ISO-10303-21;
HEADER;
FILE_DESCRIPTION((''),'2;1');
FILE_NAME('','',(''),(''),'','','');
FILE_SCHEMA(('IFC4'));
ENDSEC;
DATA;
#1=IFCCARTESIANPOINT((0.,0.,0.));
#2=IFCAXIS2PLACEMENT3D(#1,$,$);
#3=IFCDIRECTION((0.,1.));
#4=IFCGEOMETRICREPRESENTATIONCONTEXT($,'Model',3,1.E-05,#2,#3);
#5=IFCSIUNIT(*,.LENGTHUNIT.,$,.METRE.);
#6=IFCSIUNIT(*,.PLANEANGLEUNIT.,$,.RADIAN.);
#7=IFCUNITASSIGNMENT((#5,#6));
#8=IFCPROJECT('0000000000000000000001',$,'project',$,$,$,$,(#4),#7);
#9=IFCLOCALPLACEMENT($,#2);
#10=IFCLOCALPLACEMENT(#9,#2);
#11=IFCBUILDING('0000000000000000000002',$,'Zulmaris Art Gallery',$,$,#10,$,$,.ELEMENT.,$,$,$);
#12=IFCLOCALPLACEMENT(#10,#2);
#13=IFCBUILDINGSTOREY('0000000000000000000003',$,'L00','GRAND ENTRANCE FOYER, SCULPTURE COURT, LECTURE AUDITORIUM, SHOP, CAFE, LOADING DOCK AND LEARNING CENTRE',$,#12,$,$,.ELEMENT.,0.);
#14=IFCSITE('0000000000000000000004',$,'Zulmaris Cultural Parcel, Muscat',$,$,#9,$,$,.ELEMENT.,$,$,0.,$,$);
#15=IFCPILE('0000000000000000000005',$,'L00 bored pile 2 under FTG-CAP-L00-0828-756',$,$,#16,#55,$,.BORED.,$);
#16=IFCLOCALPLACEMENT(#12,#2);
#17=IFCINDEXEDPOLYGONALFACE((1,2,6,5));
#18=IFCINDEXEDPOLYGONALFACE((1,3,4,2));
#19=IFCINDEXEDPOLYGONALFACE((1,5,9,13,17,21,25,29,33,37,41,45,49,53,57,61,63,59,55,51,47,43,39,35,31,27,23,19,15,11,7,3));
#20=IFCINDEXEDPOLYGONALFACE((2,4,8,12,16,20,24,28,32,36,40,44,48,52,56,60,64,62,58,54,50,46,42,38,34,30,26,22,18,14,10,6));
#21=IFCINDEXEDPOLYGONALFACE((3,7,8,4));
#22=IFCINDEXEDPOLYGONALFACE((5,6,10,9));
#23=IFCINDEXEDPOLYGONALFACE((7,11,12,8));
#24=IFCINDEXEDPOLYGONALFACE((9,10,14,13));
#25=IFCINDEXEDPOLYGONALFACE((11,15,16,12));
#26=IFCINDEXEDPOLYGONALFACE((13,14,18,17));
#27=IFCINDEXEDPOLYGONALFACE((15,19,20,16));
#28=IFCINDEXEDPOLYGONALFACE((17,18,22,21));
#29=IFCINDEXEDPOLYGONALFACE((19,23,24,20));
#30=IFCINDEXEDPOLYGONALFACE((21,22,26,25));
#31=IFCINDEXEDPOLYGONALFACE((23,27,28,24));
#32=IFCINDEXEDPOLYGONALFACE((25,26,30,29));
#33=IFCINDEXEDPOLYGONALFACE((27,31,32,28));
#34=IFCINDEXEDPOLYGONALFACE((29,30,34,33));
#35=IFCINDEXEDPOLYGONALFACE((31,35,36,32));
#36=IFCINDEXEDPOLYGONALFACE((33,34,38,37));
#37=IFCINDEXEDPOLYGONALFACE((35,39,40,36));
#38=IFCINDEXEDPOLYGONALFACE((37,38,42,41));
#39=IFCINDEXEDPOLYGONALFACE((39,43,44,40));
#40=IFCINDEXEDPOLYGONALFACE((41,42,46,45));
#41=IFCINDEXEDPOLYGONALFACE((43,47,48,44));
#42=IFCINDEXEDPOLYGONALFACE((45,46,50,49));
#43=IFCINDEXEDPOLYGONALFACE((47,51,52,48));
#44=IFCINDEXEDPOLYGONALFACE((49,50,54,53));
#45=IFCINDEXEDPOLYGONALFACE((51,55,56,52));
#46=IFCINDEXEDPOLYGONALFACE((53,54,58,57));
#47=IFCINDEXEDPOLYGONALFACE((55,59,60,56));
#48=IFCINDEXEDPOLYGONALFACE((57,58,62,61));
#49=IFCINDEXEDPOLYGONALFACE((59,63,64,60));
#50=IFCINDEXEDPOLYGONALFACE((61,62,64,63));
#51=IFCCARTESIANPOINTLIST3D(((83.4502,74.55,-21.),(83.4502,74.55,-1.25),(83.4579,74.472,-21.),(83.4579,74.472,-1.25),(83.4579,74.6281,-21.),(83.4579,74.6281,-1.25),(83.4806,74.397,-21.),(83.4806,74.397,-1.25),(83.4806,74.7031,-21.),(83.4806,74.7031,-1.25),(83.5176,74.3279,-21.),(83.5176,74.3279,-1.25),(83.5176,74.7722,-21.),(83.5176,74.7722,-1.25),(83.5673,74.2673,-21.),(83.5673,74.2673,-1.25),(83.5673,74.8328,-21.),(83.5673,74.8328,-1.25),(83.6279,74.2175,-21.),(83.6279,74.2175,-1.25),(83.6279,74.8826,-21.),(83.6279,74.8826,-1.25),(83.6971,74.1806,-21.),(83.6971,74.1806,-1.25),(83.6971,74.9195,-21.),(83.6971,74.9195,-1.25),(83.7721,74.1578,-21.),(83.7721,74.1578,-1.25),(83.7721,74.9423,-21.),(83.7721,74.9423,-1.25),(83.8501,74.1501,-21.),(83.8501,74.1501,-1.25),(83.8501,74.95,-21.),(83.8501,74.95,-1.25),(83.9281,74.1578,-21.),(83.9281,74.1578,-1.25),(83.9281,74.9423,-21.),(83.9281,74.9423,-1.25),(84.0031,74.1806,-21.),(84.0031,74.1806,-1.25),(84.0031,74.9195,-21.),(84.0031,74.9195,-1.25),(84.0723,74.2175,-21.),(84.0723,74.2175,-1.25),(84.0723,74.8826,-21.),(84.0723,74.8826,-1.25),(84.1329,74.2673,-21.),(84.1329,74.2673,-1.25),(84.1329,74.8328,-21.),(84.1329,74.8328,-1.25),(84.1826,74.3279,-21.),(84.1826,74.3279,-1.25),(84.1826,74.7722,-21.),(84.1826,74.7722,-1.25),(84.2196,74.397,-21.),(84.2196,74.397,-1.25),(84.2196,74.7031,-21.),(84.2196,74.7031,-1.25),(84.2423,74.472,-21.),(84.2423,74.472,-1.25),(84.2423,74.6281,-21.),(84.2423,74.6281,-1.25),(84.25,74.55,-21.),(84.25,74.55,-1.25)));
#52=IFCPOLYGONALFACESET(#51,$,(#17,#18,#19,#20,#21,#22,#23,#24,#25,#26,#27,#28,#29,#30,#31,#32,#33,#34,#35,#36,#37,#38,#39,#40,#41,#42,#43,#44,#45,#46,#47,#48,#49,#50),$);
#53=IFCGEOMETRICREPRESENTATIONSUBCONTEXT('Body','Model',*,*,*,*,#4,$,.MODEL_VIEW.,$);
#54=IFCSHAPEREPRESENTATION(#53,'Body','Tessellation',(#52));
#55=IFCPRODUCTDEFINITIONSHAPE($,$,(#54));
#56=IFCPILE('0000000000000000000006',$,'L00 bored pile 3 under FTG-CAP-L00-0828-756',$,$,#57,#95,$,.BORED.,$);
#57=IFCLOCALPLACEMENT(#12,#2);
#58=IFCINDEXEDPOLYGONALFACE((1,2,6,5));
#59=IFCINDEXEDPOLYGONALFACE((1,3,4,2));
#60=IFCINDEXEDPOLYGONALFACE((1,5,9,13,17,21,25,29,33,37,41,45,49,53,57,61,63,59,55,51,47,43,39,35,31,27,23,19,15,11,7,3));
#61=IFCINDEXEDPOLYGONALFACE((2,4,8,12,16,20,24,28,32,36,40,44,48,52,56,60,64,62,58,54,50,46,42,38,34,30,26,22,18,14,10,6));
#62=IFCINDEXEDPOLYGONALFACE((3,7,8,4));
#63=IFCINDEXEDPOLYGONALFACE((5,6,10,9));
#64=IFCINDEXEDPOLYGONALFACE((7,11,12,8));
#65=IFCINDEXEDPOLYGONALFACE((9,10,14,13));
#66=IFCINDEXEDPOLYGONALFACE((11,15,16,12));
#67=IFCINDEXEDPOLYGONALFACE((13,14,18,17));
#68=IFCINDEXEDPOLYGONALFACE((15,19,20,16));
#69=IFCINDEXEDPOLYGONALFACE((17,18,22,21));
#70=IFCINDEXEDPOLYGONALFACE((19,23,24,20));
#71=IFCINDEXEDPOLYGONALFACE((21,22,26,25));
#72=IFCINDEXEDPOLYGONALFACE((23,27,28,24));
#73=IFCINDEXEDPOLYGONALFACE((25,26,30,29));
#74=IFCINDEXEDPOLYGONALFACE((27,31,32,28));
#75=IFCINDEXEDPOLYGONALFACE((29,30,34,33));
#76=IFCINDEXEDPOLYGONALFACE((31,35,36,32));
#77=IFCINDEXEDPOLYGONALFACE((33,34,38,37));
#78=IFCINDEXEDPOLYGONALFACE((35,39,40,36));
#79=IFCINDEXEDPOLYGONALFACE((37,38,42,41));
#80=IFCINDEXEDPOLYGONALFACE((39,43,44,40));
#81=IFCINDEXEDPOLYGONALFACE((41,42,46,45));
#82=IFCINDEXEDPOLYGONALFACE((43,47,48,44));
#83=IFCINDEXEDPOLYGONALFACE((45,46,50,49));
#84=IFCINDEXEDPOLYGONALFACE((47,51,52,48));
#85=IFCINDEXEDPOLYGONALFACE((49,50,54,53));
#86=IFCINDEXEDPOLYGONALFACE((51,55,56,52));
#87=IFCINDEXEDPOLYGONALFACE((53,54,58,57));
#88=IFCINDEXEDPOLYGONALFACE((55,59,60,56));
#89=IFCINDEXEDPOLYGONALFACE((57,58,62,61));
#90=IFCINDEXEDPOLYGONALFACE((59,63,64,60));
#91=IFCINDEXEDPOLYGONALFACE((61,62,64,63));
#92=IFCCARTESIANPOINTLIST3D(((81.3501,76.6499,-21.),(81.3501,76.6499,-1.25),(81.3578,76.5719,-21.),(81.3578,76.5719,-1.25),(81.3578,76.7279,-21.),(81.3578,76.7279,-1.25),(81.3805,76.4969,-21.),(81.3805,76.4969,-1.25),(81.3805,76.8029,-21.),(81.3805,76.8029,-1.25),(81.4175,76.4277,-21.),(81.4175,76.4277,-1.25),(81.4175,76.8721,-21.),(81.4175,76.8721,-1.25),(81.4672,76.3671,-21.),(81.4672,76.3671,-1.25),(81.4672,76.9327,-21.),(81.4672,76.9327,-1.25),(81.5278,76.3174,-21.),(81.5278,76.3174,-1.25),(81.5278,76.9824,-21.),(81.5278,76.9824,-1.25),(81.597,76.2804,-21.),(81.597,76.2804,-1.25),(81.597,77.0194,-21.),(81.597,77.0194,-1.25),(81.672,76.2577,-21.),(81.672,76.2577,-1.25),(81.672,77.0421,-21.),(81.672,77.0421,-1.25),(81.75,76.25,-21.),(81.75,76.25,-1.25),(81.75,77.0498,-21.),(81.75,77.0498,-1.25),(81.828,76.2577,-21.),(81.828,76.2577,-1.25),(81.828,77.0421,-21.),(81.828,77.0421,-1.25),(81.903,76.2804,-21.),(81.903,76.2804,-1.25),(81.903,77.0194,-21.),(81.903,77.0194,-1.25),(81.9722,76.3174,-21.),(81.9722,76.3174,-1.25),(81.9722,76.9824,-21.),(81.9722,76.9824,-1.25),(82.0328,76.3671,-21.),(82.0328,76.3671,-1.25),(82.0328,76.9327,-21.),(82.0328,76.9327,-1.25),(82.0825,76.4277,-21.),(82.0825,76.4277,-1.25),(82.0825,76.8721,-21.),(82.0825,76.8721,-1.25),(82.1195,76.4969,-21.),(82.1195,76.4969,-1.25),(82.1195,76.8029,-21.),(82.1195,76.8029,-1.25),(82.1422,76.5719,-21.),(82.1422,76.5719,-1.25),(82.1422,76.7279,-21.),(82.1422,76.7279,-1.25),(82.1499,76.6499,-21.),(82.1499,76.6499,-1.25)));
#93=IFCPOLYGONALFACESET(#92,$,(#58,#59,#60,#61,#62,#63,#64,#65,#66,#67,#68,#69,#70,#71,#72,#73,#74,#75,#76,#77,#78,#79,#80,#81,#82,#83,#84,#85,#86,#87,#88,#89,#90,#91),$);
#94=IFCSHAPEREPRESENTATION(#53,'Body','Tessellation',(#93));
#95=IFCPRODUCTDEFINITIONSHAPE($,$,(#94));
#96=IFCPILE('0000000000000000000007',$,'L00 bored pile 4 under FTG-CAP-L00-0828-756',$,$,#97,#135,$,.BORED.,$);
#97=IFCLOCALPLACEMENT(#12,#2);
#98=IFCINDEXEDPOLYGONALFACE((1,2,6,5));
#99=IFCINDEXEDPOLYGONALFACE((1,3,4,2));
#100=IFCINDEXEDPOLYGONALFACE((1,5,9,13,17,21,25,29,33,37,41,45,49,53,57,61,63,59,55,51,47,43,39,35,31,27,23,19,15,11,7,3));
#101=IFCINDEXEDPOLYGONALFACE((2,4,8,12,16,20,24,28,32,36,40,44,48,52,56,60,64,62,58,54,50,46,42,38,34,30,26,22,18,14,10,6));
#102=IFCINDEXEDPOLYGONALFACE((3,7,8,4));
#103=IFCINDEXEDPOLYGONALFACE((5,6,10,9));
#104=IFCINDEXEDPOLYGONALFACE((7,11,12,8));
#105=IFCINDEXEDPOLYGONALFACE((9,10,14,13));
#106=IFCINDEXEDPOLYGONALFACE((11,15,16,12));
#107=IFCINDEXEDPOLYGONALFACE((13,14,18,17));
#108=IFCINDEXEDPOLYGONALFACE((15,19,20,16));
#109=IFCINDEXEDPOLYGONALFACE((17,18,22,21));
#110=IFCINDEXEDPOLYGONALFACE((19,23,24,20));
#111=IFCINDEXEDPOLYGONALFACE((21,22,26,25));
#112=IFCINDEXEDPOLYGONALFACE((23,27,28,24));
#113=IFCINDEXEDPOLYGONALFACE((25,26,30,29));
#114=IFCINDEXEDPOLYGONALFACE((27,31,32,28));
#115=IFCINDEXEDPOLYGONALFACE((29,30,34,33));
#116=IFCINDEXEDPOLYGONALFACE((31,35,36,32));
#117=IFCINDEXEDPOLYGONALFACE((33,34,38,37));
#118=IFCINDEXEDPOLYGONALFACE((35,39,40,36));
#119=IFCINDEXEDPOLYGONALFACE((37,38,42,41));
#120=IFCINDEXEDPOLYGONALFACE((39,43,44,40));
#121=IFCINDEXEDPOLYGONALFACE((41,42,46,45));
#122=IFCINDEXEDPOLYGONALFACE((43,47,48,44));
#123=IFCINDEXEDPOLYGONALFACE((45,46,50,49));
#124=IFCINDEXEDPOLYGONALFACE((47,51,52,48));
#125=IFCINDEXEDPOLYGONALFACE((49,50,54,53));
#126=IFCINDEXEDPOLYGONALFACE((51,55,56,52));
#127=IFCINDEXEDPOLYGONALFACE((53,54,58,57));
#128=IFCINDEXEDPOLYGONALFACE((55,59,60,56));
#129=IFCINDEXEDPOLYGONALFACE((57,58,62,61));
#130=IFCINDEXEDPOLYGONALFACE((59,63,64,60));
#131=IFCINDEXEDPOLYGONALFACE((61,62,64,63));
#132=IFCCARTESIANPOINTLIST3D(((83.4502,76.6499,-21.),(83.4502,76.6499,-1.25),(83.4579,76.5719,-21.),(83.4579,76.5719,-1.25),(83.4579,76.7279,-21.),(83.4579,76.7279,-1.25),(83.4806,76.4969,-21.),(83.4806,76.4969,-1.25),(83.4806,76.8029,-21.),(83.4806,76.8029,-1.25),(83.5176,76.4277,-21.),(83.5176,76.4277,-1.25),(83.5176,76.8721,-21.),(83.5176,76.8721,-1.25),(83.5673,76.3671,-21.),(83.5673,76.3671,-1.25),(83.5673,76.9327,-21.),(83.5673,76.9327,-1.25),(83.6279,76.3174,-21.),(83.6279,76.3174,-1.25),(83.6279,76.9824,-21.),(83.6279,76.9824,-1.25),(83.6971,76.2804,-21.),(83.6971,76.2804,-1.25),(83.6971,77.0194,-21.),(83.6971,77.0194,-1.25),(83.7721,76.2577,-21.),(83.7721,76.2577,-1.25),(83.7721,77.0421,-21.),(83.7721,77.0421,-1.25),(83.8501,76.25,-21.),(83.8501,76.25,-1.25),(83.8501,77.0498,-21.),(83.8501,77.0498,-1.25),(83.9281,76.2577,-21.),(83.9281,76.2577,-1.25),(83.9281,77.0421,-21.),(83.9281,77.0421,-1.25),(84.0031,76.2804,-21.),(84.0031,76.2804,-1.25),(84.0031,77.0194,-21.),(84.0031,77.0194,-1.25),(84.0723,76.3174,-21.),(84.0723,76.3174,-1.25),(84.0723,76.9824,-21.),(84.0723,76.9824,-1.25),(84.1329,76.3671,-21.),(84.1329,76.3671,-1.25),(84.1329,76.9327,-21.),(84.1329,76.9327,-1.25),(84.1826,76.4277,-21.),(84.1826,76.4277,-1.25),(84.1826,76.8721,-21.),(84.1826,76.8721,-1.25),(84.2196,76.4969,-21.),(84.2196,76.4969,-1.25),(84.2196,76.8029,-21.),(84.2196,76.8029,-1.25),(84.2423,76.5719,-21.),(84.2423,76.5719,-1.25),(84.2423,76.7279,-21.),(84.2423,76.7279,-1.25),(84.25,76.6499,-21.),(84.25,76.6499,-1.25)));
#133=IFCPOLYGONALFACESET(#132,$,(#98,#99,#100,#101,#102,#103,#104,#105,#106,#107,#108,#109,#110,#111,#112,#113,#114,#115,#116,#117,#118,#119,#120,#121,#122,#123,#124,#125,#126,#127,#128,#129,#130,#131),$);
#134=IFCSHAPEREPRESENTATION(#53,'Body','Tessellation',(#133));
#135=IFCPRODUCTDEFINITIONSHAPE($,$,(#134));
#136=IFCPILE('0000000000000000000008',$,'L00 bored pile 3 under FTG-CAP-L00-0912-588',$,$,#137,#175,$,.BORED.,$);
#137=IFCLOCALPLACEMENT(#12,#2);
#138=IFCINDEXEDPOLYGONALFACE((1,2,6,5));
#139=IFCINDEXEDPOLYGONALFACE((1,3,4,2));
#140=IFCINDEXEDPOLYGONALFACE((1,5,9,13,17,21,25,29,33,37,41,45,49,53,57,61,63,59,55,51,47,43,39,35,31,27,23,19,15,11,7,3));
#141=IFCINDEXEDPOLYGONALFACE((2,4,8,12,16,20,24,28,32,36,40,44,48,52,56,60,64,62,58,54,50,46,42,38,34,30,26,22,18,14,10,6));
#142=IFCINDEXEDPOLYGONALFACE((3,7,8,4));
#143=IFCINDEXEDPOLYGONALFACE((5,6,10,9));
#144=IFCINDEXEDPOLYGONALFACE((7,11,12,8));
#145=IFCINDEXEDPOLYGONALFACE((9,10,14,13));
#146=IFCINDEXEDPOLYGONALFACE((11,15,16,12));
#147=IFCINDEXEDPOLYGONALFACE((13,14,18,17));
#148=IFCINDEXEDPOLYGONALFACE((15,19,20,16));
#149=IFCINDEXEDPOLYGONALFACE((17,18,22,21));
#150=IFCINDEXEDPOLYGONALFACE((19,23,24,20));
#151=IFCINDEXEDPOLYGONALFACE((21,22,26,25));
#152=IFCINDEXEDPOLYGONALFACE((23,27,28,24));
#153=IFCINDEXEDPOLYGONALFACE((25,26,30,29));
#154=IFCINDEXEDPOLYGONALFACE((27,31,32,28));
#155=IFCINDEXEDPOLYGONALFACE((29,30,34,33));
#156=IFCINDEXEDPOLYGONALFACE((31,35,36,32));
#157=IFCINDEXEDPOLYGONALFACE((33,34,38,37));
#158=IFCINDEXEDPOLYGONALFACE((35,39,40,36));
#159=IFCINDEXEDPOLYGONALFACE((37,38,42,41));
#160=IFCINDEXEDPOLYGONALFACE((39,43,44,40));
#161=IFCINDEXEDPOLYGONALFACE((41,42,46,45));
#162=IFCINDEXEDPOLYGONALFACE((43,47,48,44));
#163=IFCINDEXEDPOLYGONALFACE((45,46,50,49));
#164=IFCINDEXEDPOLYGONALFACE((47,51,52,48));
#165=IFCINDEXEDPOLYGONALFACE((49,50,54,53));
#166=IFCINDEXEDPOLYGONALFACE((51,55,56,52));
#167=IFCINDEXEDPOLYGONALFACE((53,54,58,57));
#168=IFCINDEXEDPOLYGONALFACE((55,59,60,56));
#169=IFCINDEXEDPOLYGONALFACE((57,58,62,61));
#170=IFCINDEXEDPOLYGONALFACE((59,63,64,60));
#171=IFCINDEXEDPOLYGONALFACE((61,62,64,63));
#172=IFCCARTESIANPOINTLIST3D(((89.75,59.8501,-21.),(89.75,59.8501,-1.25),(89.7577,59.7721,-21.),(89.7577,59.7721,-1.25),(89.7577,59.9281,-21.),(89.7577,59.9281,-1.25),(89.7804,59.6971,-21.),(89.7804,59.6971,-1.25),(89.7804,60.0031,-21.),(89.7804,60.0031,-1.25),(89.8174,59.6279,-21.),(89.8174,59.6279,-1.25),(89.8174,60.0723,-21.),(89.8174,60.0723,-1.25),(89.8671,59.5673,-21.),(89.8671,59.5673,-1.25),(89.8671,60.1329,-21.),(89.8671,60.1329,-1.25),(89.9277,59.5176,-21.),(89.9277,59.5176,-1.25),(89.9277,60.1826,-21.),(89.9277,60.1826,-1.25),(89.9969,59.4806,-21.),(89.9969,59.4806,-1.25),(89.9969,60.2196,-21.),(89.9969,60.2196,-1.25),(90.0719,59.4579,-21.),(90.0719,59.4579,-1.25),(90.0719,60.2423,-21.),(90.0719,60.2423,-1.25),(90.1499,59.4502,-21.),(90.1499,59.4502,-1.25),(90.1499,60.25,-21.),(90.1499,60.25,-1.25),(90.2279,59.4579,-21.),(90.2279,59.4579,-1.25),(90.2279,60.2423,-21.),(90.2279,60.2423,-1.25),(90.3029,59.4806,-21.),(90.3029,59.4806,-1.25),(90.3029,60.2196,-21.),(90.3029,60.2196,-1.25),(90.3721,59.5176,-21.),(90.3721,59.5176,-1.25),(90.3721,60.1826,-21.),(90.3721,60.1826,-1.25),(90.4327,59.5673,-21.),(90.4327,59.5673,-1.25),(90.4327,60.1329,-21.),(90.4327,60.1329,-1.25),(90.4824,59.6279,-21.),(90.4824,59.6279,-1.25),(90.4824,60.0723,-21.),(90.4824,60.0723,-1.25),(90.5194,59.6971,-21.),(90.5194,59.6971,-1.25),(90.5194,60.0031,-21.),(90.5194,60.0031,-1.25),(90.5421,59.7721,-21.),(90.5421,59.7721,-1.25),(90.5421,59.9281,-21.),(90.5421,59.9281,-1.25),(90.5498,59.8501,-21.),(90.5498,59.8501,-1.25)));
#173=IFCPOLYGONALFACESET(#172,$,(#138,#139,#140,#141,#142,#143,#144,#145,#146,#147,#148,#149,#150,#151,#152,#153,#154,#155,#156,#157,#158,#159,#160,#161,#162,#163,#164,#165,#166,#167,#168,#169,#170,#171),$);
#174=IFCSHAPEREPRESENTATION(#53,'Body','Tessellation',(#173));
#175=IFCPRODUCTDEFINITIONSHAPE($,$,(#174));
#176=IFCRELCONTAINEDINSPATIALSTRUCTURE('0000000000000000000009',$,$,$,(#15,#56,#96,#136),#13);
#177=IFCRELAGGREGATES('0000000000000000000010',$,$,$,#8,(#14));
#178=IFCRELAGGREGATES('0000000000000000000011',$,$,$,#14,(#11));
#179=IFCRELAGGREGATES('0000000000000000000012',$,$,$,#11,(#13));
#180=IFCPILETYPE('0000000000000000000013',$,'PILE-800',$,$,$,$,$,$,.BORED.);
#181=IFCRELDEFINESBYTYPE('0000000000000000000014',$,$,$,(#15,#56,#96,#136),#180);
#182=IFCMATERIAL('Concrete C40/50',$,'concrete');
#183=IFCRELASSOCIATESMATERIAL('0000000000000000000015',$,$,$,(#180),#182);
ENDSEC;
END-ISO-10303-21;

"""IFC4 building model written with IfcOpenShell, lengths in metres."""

from ifc_helpers import new_model, si_unit, direction, frame, origin, origin_2d, place, context, subcontext, project, spatial, circle, extrude, material, material_profile, profile_set, type_object, element, save


model = new_model("IFC4")

# Units and contexts
model_context = context("Model", 3, precision=1e-05, world=origin(), true_north=direction((0.0, 1.0)))
body_context = subcontext(model_context, "Body", "Model", "MODEL_VIEW")
ifc_project = project(units=[si_unit("LENGTHUNIT", "METRE"), si_unit("PLANEANGLEUNIT", "RADIAN")], contexts=[model_context])

# Site, building, storey
site_placement = place(None, origin())
site = spatial("IfcSite", under=ifc_project, at=site_placement, Name="Zulmaris Cultural Parcel, Muscat", CompositionType="ELEMENT", RefElevation=0.0)
building_placement = place(site_placement, origin())
building = spatial("IfcBuilding", under=site, at=building_placement, Name="Zulmaris Art Gallery", CompositionType="ELEMENT")
storey_placement = place(building_placement, origin())
storey = spatial("IfcBuildingStorey", under=building, at=storey_placement, Name="L00", Description="GRAND ENTRANCE FOYER, SCULPTURE COURT, LECTURE AUDITORIUM, SHOP, CAFE, LOADING DOCK AND LEARNING CENTRE", CompositionType="ELEMENT", Elevation=0.0)

# Piles
ifc_material_1 = material(Name="Concrete C40/50", Category="concrete")
ifc_material_profile_1 = material_profile(ifc_material_1, circle(Radius=0.3999, at=origin_2d()), Name="PILE DIA 800")
ifc_profile_set_1 = profile_set([ifc_material_profile_1], Name="Concrete C40/50")
pile_type_1 = type_object("IfcPileType", Name="PILE-800", PredefinedType="BORED", material=ifc_profile_set_1)
for number, where, z_axis, x_axis, name in (
    (1, (83.8501, 74.55, -1.25), (0.0, 0.0, -1.0), (1.0, 0.0, 0.0), "L00 bored pile 2 under FTG-CAP-L00-0828-756"),
    (2, (81.75, 76.6499, -1.25), (0.0, 0.0, -1.0), (1.0, 0.0, 0.0), "L00 bored pile 3 under FTG-CAP-L00-0828-756"),
    (3, (83.8501, 76.6499, -1.25), (0.0, 0.0, -1.0), (1.0, 0.0, 0.0), "L00 bored pile 4 under FTG-CAP-L00-0828-756"),
    (4, (90.1499, 59.8501, -1.25), (0.0, 0.0, -1.0), (1.0, 0.0, 0.0), "L00 bored pile 3 under FTG-CAP-L00-0912-588"),
):
    element("IfcPile", number, at=place(storey_placement, frame(where, z_axis=z_axis, x_axis=x_axis)), inside=storey, type_object=pile_type_1, Name=name, PredefinedType="BORED", context=body_context, shape_type="SweptSolid", body=[
        extrude(circle(Radius=0.3999, at=origin_2d()), origin(), (0.0, 0.0, 1.0), 19.75),
    ])

save(model, "model.ifc")
